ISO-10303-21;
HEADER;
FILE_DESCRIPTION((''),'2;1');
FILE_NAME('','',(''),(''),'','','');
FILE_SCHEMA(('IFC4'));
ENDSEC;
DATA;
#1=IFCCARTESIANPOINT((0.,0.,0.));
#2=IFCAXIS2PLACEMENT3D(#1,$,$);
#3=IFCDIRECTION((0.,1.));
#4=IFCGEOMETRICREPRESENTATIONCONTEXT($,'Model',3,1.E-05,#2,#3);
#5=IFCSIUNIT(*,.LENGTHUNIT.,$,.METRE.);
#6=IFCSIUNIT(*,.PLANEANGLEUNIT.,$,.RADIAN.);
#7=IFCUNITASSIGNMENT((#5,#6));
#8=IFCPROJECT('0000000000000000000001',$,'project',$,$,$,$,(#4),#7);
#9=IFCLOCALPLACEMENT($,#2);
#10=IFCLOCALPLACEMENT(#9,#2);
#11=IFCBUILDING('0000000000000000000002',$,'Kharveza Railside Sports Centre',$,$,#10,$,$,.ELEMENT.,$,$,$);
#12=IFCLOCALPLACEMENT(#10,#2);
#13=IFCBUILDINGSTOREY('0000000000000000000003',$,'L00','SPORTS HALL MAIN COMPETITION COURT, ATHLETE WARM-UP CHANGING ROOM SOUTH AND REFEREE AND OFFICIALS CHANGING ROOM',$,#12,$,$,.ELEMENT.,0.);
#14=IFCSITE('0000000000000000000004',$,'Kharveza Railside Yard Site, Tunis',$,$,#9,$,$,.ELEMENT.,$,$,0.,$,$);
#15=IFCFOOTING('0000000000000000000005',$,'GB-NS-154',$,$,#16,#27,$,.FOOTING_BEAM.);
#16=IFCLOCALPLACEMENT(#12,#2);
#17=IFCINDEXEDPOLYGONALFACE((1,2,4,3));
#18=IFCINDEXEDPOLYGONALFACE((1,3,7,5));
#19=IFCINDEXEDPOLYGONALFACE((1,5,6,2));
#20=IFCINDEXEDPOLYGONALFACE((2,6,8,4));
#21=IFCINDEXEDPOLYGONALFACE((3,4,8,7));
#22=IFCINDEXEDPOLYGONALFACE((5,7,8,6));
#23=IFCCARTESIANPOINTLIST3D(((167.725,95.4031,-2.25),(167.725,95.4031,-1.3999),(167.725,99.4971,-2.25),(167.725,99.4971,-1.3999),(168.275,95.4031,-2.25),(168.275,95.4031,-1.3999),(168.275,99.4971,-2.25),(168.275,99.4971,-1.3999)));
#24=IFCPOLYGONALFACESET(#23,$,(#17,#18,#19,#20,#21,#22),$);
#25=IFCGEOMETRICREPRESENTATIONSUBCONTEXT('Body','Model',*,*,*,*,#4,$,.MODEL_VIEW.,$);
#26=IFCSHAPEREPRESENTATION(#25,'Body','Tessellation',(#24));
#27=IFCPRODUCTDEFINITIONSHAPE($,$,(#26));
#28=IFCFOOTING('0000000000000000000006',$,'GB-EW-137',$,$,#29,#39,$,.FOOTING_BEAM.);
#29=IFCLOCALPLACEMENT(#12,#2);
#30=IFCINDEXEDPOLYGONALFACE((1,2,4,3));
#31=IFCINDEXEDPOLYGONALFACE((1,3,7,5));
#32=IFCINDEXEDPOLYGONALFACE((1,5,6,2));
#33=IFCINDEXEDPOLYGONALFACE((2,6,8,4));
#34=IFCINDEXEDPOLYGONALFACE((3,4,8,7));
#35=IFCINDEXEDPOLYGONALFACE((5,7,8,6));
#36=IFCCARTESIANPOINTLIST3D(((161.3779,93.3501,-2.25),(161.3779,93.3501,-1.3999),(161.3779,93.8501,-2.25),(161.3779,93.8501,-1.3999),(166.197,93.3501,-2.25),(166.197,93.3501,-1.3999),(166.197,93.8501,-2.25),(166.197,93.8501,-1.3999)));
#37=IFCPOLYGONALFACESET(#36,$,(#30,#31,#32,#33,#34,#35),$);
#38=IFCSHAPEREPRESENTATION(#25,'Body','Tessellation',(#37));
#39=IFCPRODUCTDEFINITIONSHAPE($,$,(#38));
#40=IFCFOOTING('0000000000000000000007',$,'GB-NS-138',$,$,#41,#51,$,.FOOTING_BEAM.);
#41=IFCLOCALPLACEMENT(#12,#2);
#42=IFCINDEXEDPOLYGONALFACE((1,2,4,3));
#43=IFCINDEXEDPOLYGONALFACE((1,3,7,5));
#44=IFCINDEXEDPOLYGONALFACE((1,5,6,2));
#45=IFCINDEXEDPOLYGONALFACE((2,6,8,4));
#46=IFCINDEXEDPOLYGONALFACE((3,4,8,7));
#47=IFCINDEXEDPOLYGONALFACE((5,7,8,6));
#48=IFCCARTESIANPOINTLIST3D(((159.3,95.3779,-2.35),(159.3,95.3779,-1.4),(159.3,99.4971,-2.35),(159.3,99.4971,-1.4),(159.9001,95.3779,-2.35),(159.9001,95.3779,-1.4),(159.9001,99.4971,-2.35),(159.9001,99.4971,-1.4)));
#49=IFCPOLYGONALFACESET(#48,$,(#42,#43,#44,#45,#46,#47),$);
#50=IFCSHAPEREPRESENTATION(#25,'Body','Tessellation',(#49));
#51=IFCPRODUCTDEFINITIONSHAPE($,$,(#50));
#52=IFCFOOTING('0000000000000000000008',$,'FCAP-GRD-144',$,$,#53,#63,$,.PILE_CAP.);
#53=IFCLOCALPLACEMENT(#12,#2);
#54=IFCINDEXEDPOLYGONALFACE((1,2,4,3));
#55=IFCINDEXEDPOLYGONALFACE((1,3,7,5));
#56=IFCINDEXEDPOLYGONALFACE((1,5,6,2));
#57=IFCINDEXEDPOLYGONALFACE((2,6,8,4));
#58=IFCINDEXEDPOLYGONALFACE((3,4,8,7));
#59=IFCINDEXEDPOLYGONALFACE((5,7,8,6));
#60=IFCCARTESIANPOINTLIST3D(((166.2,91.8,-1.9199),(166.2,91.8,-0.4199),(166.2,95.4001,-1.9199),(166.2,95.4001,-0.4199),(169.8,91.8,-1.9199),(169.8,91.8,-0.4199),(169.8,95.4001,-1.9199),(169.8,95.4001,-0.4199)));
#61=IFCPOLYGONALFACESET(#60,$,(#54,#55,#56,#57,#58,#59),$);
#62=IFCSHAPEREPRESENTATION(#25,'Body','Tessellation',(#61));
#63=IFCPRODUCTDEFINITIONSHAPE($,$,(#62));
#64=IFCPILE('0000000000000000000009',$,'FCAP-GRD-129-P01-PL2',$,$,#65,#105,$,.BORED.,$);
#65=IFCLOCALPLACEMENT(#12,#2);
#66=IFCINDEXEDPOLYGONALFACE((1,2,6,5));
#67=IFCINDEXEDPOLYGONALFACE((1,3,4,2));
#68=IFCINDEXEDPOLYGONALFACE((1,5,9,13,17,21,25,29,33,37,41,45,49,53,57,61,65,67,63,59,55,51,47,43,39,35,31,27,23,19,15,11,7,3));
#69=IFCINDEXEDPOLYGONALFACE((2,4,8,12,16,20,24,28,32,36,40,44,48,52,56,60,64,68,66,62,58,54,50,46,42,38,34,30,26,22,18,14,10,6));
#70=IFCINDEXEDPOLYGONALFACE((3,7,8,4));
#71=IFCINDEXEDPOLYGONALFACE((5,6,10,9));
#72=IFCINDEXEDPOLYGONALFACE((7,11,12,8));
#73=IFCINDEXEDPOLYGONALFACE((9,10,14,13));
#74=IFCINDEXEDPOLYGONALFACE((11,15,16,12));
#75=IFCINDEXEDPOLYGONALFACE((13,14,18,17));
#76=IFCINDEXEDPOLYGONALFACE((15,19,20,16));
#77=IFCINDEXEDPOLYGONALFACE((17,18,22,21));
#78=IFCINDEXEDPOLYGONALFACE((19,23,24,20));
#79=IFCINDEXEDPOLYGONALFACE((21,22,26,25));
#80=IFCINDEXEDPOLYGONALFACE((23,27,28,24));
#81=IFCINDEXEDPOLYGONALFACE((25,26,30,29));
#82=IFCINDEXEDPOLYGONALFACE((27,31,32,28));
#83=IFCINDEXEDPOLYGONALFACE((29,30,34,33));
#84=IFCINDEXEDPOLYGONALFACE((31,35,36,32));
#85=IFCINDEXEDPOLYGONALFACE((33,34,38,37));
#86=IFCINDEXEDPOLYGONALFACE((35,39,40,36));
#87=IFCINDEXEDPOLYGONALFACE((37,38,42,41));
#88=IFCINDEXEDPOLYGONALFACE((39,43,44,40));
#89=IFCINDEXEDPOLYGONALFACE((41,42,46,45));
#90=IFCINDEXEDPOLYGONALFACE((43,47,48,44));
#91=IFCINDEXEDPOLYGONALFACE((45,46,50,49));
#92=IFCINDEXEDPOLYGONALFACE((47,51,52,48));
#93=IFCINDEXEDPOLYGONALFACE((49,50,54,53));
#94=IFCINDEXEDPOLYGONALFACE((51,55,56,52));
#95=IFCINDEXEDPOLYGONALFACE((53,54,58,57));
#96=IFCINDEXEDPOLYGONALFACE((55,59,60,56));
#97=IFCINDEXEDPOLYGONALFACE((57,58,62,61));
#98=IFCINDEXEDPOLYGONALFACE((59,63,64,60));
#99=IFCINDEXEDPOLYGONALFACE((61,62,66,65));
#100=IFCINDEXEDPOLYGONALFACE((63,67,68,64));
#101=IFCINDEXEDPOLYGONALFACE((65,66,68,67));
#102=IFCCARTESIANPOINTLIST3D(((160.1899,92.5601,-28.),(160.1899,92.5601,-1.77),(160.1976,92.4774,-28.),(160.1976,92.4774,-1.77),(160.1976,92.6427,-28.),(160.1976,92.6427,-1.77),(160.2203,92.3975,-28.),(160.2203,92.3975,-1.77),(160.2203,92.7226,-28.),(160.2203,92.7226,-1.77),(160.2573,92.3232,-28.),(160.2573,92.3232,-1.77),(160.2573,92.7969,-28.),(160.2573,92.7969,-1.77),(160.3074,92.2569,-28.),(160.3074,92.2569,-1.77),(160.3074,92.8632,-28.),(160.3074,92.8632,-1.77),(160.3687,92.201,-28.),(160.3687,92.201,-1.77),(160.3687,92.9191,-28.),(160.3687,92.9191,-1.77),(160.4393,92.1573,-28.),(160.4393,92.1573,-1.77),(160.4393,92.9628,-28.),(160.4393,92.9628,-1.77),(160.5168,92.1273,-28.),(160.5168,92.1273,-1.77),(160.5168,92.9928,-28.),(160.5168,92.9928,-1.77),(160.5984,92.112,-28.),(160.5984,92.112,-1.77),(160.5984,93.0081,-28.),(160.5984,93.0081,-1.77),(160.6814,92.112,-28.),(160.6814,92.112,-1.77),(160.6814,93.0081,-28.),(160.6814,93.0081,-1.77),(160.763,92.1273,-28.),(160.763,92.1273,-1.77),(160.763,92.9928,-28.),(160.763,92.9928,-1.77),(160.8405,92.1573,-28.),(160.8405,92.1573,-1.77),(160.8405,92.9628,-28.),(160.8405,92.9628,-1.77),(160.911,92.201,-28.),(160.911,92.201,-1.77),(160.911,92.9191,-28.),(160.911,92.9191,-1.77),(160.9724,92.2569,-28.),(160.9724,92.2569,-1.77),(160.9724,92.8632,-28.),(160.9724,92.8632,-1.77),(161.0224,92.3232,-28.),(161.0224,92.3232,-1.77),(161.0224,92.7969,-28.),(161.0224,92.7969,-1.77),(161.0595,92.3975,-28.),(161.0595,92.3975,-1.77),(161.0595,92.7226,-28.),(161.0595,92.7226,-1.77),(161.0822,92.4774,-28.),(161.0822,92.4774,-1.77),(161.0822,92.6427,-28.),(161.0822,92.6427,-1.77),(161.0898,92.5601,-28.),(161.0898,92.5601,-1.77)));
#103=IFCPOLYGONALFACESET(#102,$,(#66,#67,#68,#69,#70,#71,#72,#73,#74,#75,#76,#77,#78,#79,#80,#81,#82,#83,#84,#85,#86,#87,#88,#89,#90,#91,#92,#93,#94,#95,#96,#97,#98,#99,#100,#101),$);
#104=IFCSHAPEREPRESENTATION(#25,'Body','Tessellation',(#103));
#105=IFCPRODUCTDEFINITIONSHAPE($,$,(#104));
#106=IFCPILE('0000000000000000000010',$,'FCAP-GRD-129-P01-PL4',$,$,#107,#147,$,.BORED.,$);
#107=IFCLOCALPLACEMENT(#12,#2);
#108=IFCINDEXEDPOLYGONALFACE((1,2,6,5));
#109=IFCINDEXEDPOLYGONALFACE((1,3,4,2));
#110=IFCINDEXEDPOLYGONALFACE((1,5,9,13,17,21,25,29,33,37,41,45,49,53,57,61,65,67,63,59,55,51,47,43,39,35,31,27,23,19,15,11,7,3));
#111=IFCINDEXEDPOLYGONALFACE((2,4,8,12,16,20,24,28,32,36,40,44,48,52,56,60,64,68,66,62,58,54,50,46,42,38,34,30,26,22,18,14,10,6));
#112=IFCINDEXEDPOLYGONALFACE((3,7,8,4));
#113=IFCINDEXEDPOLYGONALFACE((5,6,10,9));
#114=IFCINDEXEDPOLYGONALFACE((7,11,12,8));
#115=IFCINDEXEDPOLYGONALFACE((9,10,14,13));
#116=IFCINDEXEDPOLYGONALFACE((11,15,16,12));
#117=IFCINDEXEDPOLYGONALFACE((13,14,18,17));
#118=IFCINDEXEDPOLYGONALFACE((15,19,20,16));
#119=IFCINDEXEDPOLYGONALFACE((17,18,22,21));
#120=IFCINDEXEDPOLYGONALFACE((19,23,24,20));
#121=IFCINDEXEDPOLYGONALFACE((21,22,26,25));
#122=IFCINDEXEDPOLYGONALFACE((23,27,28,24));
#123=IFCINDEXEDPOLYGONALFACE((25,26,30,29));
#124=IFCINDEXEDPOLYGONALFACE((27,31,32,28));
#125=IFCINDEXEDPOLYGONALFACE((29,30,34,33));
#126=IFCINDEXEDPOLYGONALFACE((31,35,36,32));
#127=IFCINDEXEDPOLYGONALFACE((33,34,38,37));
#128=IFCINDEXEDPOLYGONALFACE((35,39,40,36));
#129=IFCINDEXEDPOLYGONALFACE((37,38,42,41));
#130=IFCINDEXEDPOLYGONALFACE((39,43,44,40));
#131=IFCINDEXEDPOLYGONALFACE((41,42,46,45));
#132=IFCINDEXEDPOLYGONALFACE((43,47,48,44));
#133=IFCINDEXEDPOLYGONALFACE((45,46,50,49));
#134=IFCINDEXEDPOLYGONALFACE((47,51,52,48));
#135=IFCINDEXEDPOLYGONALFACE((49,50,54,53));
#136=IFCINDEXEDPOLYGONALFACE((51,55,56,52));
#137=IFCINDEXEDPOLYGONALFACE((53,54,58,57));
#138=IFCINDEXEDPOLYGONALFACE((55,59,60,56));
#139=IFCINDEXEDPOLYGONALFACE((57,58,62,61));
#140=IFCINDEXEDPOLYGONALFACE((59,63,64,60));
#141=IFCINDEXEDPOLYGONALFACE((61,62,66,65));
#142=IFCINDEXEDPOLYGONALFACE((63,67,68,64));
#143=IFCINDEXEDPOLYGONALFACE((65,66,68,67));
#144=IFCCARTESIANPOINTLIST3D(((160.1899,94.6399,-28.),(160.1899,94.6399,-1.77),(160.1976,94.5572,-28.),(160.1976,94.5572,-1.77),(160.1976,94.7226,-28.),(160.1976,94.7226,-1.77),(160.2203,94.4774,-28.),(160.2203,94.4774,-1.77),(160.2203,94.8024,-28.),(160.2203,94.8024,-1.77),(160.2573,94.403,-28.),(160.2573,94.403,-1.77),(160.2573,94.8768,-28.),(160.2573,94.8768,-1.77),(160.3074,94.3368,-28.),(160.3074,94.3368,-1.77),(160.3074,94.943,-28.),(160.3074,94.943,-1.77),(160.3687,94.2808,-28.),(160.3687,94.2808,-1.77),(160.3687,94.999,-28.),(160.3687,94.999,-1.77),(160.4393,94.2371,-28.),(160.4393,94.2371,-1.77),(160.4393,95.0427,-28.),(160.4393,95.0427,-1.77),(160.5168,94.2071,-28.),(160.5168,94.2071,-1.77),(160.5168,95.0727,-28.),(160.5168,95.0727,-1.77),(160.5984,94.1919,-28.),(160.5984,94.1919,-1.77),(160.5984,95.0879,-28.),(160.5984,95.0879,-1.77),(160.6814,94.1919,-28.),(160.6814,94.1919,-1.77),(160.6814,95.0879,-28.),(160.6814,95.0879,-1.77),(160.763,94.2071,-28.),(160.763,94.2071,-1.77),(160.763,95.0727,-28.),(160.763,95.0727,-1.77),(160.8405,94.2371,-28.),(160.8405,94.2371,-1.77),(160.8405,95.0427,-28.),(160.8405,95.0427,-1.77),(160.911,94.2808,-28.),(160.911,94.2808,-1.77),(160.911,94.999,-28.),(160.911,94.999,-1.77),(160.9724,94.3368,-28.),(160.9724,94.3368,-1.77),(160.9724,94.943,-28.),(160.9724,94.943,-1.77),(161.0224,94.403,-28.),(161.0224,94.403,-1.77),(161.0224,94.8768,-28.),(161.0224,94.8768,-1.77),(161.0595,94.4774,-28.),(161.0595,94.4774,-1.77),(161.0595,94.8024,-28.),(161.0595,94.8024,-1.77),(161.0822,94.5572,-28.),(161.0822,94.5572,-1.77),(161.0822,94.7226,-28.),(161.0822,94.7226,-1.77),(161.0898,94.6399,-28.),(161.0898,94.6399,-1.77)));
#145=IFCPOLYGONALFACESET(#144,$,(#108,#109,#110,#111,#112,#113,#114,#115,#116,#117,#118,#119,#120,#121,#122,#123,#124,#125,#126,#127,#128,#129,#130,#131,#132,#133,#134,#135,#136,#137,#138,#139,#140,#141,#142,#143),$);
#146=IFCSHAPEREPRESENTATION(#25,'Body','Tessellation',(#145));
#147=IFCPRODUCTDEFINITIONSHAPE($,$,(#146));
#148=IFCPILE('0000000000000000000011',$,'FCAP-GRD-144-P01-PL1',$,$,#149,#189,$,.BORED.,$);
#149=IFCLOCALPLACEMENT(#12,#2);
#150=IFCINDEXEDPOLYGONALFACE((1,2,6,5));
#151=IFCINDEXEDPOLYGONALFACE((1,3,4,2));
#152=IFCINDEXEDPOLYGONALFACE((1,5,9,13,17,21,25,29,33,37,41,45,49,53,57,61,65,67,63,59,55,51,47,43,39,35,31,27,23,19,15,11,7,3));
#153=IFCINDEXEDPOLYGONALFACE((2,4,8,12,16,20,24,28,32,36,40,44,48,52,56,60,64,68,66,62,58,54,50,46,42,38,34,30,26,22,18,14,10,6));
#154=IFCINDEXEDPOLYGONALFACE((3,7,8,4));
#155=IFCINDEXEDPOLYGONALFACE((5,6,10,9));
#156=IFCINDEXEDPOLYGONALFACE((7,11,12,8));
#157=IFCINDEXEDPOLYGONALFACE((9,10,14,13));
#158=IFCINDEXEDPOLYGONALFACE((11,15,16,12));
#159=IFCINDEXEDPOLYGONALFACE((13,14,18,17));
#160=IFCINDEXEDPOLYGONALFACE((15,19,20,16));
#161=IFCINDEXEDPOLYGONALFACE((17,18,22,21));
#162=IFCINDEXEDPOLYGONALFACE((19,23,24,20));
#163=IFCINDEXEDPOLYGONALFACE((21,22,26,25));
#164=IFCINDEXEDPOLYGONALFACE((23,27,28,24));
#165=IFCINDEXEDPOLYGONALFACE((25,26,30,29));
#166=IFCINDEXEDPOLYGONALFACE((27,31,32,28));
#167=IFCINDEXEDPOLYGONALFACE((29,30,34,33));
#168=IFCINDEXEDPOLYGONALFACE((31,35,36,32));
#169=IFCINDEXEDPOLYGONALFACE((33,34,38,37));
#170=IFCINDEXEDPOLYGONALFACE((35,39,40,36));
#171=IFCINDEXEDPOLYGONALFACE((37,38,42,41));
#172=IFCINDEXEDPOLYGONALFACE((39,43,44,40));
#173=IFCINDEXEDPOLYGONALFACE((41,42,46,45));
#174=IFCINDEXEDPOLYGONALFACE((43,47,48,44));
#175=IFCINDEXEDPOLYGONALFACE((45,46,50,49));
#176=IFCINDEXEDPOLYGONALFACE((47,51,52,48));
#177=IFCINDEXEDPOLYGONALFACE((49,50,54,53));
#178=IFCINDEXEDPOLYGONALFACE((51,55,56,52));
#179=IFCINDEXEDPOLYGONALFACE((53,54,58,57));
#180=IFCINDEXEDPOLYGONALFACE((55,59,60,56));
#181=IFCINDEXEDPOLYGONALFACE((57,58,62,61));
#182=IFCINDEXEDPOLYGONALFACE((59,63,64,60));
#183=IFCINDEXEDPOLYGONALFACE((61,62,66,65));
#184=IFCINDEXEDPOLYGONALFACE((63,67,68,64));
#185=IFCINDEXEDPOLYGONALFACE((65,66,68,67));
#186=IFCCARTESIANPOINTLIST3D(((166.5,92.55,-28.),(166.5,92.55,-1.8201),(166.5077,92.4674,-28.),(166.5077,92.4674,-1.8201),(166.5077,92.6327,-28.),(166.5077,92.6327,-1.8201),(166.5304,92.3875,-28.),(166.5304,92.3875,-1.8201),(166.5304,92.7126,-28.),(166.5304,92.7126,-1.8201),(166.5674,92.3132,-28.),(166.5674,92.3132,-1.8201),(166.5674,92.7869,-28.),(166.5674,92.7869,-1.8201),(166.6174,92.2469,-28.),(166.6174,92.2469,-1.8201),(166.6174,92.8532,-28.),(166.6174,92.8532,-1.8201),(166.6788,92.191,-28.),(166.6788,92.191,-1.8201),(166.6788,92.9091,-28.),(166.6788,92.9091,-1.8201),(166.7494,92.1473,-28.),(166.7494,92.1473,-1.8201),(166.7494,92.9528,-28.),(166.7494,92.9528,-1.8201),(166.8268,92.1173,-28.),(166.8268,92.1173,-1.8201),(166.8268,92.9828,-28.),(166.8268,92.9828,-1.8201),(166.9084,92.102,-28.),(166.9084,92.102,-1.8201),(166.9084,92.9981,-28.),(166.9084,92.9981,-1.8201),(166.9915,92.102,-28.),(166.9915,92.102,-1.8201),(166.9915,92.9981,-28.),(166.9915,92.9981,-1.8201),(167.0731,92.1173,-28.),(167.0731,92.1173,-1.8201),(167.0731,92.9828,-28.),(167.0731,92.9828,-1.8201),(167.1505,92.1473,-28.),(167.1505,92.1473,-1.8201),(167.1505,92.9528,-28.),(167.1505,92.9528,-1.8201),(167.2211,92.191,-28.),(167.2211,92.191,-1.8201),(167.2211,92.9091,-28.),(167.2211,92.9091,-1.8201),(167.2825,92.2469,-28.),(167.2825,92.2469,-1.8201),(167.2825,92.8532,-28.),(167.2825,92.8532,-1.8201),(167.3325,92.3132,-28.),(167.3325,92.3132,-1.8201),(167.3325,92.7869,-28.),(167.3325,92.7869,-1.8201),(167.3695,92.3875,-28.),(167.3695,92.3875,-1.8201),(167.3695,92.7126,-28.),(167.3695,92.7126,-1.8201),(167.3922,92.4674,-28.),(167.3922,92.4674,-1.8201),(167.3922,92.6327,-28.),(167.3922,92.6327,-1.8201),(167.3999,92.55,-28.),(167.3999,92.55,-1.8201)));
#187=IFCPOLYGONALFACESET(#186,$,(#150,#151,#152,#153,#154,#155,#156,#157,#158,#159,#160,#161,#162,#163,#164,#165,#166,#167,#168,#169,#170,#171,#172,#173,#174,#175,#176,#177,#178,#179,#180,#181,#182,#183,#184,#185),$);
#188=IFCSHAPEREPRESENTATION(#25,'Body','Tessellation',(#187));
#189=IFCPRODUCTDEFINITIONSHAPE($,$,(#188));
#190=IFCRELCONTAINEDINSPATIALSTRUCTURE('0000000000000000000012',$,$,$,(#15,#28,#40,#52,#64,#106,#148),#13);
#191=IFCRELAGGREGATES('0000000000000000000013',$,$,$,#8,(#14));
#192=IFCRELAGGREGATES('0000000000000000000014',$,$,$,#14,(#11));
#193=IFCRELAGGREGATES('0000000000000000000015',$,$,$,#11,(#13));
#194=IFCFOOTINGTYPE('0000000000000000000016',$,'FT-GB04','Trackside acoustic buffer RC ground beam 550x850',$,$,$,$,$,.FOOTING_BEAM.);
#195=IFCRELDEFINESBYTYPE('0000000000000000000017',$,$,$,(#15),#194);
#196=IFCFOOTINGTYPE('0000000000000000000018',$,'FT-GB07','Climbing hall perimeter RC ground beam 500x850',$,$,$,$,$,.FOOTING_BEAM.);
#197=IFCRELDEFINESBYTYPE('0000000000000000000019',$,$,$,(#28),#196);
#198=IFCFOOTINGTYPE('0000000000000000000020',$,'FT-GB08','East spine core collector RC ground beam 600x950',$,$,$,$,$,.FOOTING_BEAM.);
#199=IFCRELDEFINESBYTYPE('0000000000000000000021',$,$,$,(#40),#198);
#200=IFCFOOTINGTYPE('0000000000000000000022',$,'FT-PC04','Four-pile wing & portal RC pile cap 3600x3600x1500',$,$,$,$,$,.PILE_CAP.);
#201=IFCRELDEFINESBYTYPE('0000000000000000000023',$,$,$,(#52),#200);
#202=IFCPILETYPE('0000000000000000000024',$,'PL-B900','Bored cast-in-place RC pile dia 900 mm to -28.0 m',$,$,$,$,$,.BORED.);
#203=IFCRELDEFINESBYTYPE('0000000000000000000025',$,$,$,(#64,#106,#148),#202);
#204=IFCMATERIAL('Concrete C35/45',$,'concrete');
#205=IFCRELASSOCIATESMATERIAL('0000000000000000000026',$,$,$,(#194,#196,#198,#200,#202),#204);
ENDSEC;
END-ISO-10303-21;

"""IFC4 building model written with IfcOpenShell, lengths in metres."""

from ifc_helpers import new_model, si_unit, direction, frame, origin, origin_2d, place, context, subcontext, project, spatial, rectangle, circle, extrude, material, material_profile, profile_set, type_object, element, save


model = new_model("IFC4")

# Units and contexts
model_context = context("Model", 3, precision=1e-05, world=origin(), true_north=direction((0.0, 1.0)))
body_context = subcontext(model_context, "Body", "Model", "MODEL_VIEW")
ifc_project = project(units=[si_unit("LENGTHUNIT", "METRE"), si_unit("PLANEANGLEUNIT", "RADIAN")], contexts=[model_context])

# Site, building, storey
site_placement = place(None, origin())
site = spatial("IfcSite", under=ifc_project, at=site_placement, Name="Kharveza Railside Yard Site, Tunis", CompositionType="ELEMENT", RefElevation=0.0)
building_placement = place(site_placement, origin())
building = spatial("IfcBuilding", under=site, at=building_placement, Name="Kharveza Railside Sports Centre", CompositionType="ELEMENT")
storey_placement = place(building_placement, origin())
storey = spatial("IfcBuildingStorey", under=building, at=storey_placement, Name="L00", Description="SPORTS HALL MAIN COMPETITION COURT, ATHLETE WARM-UP CHANGING ROOM SOUTH AND REFEREE AND OFFICIALS CHANGING ROOM", CompositionType="ELEMENT", Elevation=0.0)

# Footings
ifc_material_1 = material(Name="Concrete C35/45", Category="concrete")
ifc_material_profile_1 = material_profile(ifc_material_1, rectangle(XDim=0.55, YDim=0.8501, at=origin_2d()), Name="GB 550x850")
ifc_profile_set_1 = profile_set([ifc_material_profile_1], Name="Concrete C35/45")
footing_type_1 = type_object("IfcFootingType", Name="FT-GB04", Description="Trackside acoustic buffer RC ground beam 550x850", PredefinedType="FOOTING_BEAM", material=ifc_profile_set_1)
footing_1_placement = place(storey_placement, frame((168.0, 95.4031, -1.825), z_axis=(0.0, 1.0, 0.0), x_axis=(-1.0, 0.0, 0.0)))
element("IfcFooting", 1, at=footing_1_placement, inside=storey, type_object=footing_type_1, Name="GB-NS-154", PredefinedType="FOOTING_BEAM", context=body_context, shape_type="SweptSolid", body=[
    extrude(rectangle(XDim=0.55, YDim=0.8501, at=origin_2d()), origin(), (0.0, 0.0, 1.0), 4.094),
])
ifc_material_profile_2 = material_profile(ifc_material_1, rectangle(XDim=0.5, YDim=0.8501, at=origin_2d()), Name="GB 500x850")
ifc_profile_set_2 = profile_set([ifc_material_profile_2], Name="Concrete C35/45")
footing_type_2 = type_object("IfcFootingType", Name="FT-GB07", Description="Climbing hall perimeter RC ground beam 500x850", PredefinedType="FOOTING_BEAM", material=ifc_profile_set_2)
footing_2_placement = place(storey_placement, frame((161.3779, 93.6001, -1.825), z_axis=(1.0, 0.0, 0.0), x_axis=(0.0, 1.0, 0.0)))
element("IfcFooting", 2, at=footing_2_placement, inside=storey, type_object=footing_type_2, Name="GB-EW-137", PredefinedType="FOOTING_BEAM", context=body_context, shape_type="SweptSolid", body=[
    extrude(rectangle(XDim=0.5, YDim=0.8501, at=origin_2d()), origin(), (0.0, 0.0, 1.0), 4.8191),
])
ifc_material_profile_3 = material_profile(ifc_material_1, rectangle(XDim=0.6001, YDim=0.95, at=origin_2d()), Name="GB 600x950")
ifc_profile_set_3 = profile_set([ifc_material_profile_3], Name="Concrete C35/45")
footing_type_3 = type_object("IfcFootingType", Name="FT-GB08", Description="East spine core collector RC ground beam 600x950", PredefinedType="FOOTING_BEAM", material=ifc_profile_set_3)
footing_3_placement = place(storey_placement, frame((159.6001, 95.3779, -1.875), z_axis=(0.0, 1.0, 0.0), x_axis=(-1.0, 0.0, 0.0)))
element("IfcFooting", 3, at=footing_3_placement, inside=storey, type_object=footing_type_3, Name="GB-NS-138", PredefinedType="FOOTING_BEAM", context=body_context, shape_type="SweptSolid", body=[
    extrude(rectangle(XDim=0.6001, YDim=0.95, at=origin_2d()), origin(), (0.0, 0.0, 1.0), 4.1191),
])
footing_type_4 = type_object("IfcFootingType", Name="FT-PC04", Description="Four-pile wing & portal RC pile cap 3600x3600x1500", PredefinedType="PILE_CAP", material=ifc_material_1)
footing_4_placement = place(storey_placement, frame((168.0, 93.6001, -1.9199), z_axis=(0.0, 0.0, 1.0), x_axis=(1.0, 0.0, 0.0)))
element("IfcFooting", 4, at=footing_4_placement, inside=storey, type_object=footing_type_4, Name="FCAP-GRD-144", PredefinedType="PILE_CAP", context=body_context, shape_type="SweptSolid", body=[
    extrude(rectangle(XDim=3.6001, YDim=3.6001, at=origin_2d()), origin(), (0.0, 0.0, 1.0), 1.5),
])

# Piles
ifc_material_profile_4 = material_profile(ifc_material_1, circle(Radius=0.45, at=origin_2d()), Name="PILE D900")
ifc_profile_set_4 = profile_set([ifc_material_profile_4], Name="Concrete C35/45")
pile_type = type_object("IfcPileType", Name="PL-B900", Description="Bored cast-in-place RC pile dia 900 mm to -28.0 m", PredefinedType="BORED", material=ifc_profile_set_4)
for number, where, z_axis, x_axis, name in (
    (5, (160.6399, 92.5601, -1.77), (0.0, 0.0, -1.0), (1.0, 0.0, 0.0), "FCAP-GRD-129-P01-PL2"),
    (6, (160.6399, 94.6399, -1.77), (0.0, 0.0, -1.0), (1.0, 0.0, 0.0), "FCAP-GRD-129-P01-PL4"),
):
    element("IfcPile", number, at=place(storey_placement, frame(where, z_axis=z_axis, x_axis=x_axis)), inside=storey, type_object=pile_type, Name=name, PredefinedType="BORED", context=body_context, shape_type="SweptSolid", body=[
        extrude(circle(Radius=0.45, at=origin_2d()), origin(), (0.0, 0.0, 1.0), 26.23),
    ])
for number, where, z_axis, x_axis, name in (
    (7, (166.95, 92.55, -1.8201), (0.0, 0.0, -1.0), (1.0, 0.0, 0.0), "FCAP-GRD-144-P01-PL1"),
):
    element("IfcPile", number, at=place(storey_placement, frame(where, z_axis=z_axis, x_axis=x_axis)), inside=storey, type_object=pile_type, Name=name, PredefinedType="BORED", context=body_context, shape_type="SweptSolid", body=[
        extrude(circle(Radius=0.45, at=origin_2d()), origin(), (0.0, 0.0, 1.0), 26.1799),
    ])

save(model, "model.ifc")
